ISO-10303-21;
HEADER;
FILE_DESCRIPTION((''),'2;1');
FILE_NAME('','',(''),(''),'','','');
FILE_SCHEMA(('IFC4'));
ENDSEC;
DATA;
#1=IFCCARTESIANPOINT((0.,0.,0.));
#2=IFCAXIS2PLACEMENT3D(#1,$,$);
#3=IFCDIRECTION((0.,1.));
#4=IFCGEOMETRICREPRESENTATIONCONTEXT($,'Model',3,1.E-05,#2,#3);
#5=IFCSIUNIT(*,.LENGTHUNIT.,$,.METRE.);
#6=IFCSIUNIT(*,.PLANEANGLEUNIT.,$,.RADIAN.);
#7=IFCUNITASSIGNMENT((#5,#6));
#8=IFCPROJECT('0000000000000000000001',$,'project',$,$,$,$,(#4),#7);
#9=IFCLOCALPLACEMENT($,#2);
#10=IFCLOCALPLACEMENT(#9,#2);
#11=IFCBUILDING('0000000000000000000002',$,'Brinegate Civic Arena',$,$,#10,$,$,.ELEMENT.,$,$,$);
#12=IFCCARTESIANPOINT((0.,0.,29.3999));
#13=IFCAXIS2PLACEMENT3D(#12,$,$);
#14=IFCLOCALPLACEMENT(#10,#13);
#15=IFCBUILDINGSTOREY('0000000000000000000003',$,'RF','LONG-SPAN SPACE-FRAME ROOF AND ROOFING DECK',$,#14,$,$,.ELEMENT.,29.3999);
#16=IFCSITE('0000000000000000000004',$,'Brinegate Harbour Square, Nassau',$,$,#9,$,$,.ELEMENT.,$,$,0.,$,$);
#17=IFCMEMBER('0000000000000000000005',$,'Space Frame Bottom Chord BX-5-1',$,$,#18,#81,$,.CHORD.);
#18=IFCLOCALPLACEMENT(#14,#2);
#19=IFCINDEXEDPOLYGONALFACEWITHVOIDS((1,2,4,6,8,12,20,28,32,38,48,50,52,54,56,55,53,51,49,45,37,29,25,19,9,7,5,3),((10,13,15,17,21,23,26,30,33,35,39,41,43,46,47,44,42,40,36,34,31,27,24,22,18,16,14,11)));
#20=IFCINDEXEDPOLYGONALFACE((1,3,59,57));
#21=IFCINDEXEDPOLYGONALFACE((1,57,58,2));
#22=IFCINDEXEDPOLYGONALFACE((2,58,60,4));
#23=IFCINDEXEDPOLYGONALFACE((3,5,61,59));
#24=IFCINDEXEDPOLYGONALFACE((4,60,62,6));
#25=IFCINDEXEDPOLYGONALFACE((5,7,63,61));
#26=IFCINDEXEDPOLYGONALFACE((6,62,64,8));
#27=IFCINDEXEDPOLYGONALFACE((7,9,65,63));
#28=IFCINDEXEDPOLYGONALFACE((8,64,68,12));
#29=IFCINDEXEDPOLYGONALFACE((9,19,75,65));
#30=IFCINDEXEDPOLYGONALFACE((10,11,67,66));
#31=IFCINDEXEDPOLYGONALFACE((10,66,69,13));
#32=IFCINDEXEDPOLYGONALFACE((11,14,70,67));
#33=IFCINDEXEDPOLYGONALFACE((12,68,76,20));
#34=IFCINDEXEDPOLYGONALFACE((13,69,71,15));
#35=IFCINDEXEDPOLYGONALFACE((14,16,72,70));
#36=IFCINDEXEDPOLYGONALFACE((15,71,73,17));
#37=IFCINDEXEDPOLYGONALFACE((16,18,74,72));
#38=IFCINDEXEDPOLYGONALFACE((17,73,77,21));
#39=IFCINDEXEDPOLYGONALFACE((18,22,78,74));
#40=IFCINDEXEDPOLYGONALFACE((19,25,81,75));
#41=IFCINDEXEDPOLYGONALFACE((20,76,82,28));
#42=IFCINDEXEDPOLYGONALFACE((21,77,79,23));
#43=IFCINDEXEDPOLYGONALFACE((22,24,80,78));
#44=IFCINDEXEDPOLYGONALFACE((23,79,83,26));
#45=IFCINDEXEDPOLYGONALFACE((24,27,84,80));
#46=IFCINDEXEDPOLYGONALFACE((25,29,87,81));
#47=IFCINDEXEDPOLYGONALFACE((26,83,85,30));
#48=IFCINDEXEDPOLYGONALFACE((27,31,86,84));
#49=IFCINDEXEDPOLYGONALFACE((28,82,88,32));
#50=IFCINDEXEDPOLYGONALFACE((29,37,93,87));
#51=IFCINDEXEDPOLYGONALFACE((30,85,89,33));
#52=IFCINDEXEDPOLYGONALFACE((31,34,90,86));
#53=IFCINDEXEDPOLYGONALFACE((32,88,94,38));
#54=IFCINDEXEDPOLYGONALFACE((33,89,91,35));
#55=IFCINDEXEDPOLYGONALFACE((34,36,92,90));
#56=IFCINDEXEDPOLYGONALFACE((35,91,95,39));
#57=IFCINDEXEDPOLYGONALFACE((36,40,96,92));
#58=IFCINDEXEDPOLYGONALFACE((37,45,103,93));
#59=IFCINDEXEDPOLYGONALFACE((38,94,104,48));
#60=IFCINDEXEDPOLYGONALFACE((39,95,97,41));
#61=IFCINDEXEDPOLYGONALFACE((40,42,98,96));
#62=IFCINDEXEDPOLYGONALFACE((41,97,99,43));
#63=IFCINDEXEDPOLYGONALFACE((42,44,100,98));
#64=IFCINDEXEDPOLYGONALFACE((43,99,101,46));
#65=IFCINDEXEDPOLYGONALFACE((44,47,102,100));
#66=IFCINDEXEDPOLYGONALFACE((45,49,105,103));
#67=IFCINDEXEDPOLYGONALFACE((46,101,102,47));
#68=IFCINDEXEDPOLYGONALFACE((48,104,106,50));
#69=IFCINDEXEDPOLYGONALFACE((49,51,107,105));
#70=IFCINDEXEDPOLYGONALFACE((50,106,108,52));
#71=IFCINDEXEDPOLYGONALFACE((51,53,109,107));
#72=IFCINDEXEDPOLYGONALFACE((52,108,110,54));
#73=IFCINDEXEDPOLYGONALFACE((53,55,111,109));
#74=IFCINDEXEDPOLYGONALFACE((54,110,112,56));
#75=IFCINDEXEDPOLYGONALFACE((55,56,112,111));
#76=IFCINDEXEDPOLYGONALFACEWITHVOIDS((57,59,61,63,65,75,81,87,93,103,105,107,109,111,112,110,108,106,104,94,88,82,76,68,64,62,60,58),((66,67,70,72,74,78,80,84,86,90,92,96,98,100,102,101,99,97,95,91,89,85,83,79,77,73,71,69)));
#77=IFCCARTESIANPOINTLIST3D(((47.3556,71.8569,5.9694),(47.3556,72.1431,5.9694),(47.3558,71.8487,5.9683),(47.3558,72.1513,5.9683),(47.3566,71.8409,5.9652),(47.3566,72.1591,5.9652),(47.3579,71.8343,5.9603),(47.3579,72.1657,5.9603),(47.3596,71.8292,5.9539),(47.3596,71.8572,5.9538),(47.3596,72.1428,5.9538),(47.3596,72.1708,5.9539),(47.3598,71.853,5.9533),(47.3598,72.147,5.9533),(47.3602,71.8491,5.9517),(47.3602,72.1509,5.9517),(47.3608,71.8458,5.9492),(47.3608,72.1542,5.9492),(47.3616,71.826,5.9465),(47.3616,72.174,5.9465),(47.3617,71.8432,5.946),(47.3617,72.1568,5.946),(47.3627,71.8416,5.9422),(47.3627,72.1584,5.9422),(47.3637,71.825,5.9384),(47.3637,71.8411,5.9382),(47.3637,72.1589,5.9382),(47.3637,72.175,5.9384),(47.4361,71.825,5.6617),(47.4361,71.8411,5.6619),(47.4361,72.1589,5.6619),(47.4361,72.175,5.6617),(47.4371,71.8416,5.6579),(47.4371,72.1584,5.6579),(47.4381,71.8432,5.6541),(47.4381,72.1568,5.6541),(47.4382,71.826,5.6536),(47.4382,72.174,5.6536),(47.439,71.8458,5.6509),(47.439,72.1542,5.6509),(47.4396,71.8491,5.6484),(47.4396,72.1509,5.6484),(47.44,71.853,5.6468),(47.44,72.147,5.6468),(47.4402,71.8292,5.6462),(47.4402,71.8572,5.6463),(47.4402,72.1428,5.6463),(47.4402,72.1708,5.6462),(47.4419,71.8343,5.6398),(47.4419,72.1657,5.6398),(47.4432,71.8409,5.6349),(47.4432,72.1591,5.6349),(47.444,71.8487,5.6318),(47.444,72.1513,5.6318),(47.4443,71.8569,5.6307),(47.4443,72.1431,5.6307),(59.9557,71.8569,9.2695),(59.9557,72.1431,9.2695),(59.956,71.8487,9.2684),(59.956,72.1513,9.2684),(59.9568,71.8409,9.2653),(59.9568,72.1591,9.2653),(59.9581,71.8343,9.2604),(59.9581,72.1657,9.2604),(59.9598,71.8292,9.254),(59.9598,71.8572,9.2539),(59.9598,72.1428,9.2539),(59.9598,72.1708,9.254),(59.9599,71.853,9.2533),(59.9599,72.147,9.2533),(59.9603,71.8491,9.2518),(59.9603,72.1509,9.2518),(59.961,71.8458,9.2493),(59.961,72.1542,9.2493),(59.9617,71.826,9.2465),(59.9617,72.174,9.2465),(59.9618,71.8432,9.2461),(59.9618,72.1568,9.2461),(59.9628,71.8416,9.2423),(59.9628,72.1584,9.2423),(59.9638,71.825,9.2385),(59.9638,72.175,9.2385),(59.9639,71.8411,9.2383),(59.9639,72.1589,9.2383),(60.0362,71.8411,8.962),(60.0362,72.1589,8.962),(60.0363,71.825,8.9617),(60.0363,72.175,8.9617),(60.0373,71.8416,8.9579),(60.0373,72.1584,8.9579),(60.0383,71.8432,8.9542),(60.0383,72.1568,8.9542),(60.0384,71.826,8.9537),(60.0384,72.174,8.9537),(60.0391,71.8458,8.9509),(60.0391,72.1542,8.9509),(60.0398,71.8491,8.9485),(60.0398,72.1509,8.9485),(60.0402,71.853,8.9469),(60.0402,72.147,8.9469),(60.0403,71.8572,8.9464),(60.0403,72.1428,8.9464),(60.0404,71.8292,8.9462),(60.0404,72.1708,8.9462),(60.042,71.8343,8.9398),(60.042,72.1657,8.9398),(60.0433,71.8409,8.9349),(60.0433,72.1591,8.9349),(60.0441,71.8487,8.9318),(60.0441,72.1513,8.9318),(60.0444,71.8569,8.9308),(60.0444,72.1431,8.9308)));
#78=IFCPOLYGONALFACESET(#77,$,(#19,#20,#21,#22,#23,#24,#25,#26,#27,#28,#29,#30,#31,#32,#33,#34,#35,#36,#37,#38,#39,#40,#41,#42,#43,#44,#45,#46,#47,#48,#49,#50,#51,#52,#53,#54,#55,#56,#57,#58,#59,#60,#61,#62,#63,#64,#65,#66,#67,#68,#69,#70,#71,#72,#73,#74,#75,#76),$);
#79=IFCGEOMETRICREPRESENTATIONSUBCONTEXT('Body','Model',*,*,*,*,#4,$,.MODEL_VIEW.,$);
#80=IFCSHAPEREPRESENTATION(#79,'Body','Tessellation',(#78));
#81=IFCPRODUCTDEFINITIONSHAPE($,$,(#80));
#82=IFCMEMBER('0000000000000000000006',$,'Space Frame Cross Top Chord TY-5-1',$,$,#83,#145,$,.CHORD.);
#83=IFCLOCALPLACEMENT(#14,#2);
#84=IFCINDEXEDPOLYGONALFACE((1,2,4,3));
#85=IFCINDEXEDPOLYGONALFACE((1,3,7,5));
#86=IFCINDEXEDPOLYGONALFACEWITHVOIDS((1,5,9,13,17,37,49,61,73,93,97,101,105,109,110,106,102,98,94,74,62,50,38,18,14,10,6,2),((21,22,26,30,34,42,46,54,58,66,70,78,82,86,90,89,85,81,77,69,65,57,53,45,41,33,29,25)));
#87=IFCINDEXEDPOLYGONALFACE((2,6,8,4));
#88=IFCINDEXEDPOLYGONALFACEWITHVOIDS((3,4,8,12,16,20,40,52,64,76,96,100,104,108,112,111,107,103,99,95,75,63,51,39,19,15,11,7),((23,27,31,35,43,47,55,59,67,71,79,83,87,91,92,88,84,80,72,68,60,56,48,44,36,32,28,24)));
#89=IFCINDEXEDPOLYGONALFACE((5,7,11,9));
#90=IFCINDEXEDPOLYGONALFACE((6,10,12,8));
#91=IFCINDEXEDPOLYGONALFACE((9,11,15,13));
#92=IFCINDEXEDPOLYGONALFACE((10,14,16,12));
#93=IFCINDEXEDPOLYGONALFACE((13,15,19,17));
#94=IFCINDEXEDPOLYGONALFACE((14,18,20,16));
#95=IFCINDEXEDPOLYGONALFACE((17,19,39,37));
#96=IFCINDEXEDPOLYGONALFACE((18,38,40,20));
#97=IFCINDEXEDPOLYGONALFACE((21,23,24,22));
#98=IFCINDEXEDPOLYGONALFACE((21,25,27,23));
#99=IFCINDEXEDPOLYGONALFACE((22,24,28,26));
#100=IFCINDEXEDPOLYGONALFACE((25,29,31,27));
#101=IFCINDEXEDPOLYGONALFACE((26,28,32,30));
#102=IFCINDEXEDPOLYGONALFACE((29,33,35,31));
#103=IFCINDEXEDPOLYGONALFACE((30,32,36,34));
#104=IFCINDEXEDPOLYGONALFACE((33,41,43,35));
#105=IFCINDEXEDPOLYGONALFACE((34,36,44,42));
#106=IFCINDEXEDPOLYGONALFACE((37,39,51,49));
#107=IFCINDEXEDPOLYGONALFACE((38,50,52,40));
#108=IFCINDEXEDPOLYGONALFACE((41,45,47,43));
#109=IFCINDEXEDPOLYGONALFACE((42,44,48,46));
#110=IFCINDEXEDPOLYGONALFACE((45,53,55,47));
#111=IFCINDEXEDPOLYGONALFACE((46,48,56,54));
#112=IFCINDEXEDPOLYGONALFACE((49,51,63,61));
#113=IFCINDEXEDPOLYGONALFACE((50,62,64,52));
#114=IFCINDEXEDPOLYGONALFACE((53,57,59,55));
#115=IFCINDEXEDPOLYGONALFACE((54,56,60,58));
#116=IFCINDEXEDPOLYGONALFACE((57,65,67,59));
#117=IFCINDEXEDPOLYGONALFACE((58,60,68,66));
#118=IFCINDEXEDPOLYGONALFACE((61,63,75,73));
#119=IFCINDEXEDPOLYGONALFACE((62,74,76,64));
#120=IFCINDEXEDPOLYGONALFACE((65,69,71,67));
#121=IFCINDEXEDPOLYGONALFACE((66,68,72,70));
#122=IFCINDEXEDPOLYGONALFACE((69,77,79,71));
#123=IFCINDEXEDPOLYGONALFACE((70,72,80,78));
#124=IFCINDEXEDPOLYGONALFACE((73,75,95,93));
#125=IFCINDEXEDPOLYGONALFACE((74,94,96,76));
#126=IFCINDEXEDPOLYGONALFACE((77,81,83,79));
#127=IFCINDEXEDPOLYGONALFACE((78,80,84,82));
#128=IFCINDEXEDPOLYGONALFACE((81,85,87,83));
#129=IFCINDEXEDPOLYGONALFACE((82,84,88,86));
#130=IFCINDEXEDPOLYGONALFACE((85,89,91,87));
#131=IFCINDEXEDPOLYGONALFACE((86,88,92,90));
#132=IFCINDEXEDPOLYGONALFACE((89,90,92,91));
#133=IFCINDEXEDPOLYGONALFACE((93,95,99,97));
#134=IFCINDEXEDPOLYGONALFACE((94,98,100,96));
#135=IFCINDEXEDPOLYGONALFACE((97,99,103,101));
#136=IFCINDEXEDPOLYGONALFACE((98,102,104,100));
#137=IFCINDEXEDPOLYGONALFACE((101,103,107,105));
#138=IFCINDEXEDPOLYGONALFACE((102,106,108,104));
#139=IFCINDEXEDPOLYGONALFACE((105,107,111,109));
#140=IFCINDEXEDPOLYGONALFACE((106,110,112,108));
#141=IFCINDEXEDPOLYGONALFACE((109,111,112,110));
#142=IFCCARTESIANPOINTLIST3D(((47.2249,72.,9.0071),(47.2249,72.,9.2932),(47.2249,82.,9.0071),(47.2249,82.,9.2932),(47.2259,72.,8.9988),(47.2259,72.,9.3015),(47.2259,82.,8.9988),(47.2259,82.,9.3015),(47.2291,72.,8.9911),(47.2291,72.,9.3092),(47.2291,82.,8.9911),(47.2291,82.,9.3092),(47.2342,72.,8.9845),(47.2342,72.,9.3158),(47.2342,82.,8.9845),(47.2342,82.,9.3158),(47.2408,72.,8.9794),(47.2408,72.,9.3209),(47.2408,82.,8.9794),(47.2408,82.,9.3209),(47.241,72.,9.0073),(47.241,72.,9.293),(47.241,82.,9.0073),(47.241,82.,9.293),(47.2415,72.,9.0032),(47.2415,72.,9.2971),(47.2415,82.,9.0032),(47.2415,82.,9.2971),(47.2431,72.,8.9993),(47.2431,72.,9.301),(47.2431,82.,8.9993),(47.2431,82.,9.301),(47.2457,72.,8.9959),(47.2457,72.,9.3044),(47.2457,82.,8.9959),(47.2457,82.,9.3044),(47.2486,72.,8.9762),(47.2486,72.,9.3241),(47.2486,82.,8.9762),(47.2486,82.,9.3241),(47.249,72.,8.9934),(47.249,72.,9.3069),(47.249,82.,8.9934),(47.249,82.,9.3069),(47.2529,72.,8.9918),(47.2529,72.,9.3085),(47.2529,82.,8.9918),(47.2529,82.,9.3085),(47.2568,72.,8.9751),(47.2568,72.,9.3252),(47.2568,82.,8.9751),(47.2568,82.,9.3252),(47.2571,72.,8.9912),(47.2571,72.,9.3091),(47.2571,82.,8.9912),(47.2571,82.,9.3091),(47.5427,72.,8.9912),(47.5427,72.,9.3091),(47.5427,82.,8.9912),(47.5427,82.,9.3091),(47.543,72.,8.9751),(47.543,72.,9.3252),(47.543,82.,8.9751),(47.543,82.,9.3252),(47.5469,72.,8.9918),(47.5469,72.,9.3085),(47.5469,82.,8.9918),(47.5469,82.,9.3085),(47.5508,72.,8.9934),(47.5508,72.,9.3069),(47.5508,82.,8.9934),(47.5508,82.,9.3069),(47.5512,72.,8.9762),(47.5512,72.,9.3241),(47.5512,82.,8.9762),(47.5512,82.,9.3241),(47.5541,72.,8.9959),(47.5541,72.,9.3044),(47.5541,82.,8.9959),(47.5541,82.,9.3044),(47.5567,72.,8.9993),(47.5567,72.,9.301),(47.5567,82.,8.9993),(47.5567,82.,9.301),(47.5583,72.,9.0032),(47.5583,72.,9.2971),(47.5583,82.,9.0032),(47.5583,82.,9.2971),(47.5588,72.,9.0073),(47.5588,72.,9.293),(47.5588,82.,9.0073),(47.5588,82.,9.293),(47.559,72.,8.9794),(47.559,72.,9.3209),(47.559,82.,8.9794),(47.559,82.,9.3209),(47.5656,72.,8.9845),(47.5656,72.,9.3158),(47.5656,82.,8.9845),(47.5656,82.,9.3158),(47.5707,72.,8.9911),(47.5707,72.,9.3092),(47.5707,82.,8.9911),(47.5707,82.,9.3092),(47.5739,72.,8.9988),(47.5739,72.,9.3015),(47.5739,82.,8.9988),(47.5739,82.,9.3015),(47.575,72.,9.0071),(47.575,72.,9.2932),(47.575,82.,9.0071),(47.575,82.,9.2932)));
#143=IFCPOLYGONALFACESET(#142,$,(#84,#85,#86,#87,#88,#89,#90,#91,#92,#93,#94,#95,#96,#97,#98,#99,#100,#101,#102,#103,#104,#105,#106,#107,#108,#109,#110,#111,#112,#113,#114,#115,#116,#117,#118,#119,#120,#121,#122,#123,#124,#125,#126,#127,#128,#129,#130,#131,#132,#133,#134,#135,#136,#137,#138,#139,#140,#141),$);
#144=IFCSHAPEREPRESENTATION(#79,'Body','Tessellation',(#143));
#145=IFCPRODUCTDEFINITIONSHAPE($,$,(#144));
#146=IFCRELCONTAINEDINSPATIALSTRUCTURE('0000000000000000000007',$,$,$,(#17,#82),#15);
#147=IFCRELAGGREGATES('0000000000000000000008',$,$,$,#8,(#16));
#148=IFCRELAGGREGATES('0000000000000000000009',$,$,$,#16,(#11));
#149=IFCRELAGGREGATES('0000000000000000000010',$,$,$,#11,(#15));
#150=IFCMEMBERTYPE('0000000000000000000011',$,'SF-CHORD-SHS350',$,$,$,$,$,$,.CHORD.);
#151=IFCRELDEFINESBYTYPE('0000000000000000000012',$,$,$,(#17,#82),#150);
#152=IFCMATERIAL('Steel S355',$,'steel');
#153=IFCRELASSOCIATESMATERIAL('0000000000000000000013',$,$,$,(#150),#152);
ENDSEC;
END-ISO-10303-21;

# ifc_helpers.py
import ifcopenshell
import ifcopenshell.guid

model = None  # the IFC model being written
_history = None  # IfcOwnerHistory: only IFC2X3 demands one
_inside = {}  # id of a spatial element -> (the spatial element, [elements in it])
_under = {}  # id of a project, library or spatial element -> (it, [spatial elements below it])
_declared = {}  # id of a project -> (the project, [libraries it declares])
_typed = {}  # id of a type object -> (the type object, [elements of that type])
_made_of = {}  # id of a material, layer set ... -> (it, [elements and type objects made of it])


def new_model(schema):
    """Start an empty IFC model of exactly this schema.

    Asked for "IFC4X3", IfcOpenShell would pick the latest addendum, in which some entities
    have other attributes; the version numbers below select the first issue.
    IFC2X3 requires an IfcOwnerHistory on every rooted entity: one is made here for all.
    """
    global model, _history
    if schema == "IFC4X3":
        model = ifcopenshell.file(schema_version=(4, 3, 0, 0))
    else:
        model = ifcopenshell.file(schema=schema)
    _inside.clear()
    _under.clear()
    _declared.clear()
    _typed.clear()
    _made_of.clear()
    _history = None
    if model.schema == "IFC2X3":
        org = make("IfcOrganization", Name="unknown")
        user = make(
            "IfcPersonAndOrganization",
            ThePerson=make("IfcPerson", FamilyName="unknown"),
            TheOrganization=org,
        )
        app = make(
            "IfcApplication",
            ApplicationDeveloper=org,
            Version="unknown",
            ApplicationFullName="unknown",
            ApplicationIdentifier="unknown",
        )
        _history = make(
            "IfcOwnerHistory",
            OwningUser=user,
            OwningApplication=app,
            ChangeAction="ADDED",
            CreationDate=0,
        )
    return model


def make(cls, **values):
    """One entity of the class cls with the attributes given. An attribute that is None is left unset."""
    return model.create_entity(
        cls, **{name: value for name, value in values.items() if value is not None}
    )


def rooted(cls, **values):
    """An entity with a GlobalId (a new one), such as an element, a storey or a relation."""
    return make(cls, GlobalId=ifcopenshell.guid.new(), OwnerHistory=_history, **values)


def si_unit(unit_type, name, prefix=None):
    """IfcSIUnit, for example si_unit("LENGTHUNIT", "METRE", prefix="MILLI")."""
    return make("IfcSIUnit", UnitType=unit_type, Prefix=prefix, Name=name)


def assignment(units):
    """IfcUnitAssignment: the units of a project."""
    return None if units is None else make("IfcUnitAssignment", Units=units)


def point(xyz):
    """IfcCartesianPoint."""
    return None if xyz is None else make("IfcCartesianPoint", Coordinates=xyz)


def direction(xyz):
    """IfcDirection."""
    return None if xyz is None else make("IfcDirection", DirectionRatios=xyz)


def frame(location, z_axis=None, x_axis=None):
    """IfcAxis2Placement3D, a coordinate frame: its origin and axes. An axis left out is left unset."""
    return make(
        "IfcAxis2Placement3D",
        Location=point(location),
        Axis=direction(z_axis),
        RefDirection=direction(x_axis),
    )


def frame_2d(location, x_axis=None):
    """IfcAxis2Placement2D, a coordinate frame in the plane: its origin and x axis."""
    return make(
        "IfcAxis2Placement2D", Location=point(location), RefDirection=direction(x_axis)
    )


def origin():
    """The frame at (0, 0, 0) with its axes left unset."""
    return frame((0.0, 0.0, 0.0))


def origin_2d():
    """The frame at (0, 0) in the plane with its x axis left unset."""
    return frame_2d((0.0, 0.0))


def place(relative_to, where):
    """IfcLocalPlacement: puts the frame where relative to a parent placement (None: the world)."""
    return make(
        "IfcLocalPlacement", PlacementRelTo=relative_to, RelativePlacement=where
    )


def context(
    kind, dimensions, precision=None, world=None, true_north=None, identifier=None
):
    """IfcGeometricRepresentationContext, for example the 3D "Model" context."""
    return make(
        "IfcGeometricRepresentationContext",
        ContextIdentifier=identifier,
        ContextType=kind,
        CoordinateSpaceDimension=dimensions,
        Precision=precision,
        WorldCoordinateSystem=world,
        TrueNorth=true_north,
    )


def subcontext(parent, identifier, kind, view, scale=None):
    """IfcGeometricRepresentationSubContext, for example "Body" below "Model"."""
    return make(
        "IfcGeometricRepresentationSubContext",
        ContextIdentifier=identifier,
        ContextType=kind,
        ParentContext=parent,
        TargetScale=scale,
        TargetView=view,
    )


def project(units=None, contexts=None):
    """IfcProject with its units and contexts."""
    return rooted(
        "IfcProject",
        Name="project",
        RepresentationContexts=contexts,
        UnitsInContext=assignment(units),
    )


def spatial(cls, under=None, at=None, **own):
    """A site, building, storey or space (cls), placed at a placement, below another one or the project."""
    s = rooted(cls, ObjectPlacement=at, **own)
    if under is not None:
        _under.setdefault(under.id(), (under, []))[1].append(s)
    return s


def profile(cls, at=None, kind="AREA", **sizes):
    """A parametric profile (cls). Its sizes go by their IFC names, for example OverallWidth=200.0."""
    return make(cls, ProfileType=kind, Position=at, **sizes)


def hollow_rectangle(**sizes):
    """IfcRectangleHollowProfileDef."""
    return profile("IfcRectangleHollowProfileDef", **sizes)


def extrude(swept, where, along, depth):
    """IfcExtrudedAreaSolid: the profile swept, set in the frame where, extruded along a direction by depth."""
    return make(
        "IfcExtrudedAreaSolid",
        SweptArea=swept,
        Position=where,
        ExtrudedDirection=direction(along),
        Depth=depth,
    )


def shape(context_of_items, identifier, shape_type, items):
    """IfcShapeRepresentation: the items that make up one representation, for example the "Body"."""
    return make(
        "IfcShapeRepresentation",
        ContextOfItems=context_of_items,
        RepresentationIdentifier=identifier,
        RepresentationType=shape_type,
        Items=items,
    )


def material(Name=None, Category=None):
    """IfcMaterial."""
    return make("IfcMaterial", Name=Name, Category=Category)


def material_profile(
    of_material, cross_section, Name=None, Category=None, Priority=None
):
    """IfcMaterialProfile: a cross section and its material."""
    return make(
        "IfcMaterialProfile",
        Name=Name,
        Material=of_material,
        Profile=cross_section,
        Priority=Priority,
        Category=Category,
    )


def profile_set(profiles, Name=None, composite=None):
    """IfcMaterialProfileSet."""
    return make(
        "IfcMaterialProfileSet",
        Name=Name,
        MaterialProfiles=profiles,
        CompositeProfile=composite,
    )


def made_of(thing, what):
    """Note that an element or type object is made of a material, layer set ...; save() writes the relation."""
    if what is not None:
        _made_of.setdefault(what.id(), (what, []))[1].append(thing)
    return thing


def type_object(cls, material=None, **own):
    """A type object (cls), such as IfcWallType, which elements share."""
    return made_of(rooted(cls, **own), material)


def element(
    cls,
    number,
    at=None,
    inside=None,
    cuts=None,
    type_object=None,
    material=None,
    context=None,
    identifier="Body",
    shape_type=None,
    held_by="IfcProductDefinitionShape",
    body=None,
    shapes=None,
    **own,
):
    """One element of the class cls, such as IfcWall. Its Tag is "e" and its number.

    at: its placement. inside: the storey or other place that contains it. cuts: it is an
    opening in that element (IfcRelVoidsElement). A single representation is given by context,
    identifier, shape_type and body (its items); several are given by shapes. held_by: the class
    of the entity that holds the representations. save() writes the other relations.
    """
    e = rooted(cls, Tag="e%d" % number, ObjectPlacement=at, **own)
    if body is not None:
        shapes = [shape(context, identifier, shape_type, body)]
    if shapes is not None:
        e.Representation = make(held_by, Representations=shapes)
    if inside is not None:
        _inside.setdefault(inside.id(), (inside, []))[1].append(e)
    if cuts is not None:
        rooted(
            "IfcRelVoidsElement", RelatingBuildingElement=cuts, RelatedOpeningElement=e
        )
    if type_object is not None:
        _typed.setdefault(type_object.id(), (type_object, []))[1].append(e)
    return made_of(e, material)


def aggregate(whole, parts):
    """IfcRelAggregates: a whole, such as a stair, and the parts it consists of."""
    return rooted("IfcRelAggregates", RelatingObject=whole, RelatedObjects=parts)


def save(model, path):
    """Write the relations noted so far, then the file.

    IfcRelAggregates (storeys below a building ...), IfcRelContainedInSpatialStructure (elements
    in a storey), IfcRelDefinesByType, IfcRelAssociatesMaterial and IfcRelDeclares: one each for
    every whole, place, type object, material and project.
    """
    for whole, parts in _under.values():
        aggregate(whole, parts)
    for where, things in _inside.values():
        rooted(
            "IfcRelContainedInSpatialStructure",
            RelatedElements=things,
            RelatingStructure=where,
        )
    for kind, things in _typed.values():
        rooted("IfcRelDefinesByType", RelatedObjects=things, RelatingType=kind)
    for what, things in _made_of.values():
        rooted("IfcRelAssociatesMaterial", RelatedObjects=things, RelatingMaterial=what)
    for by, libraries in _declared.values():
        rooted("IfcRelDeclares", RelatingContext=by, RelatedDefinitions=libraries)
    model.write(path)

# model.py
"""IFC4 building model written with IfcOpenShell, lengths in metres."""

from ifc_helpers import new_model, si_unit, direction, frame, origin, origin_2d, place, context, subcontext, project, spatial, hollow_rectangle, extrude, material, material_profile, profile_set, type_object, element, save


model = new_model("IFC4")

# Units and contexts
model_context = context("Model", 3, precision=1e-05, world=origin(), true_north=direction((0.0, 1.0)))
body_context = subcontext(model_context, "Body", "Model", "MODEL_VIEW")
ifc_project = project(units=[si_unit("LENGTHUNIT", "METRE"), si_unit("PLANEANGLEUNIT", "RADIAN")], contexts=[model_context])

# Site, building, storey
site_placement = place(None, origin())
site = spatial("IfcSite", under=ifc_project, at=site_placement, Name="Brinegate Harbour Square, Nassau", CompositionType="ELEMENT", RefElevation=0.0)
building_placement = place(site_placement, origin())
building = spatial("IfcBuilding", under=site, at=building_placement, Name="Brinegate Civic Arena", CompositionType="ELEMENT")
storey_placement = place(building_placement, frame((0.0, 0.0, 29.3999)))
storey = spatial("IfcBuildingStorey", under=building, at=storey_placement, Name="RF", Description="LONG-SPAN SPACE-FRAME ROOF AND ROOFING DECK", CompositionType="ELEMENT", Elevation=29.3999)

# Shared definitions
ifc_material_1 = material(Name="Steel S355", Category="steel")

# Members
ifc_material_profile_1 = material_profile(ifc_material_1, hollow_rectangle(XDim=0.3501, YDim=0.3501, WallThickness=0.0161, InnerFilletRadius=0.0161, OuterFilletRadius=0.032, at=origin_2d()), Name="SHS350X16")
ifc_profile_set_1 = profile_set([ifc_material_profile_1], Name="Steel S355")
member_type_1 = type_object("IfcMemberType", Name="SF-CHORD-SHS350", PredefinedType="CHORD", material=ifc_profile_set_1)
member_1_placement = place(storey_placement, frame((47.3999, 72.0, 5.8), z_axis=(0.967372, 0.0, 0.253361), x_axis=(0.0, 1.0, 0.0)))
element("IfcMember", 1, at=member_1_placement, inside=storey, type_object=member_type_1, Name="Space Frame Bottom Chord BX-5-1", PredefinedType="CHORD", context=body_context, shape_type="SweptSolid", body=[
    extrude(hollow_rectangle(XDim=0.3501, YDim=0.3501, WallThickness=0.0161, InnerFilletRadius=0.0161, OuterFilletRadius=0.032, at=origin_2d()), origin(), (0.0, 0.0, 1.0), 13.0251),
])
for number, where, z_axis, x_axis, name in (
    (2, (47.3999, 72.0, 9.1501), (0.0, 1.0, 0.0), (-1.0, 0.0, 0.0), "Space Frame Cross Top Chord TY-5-1"),
):
    element("IfcMember", number, at=place(storey_placement, frame(where, z_axis=z_axis, x_axis=x_axis)), inside=storey, type_object=member_type_1, Name=name, PredefinedType="CHORD", context=body_context, shape_type="SweptSolid", body=[
        extrude(hollow_rectangle(XDim=0.3501, YDim=0.3501, WallThickness=0.0161, InnerFilletRadius=0.0161, OuterFilletRadius=0.032, at=origin_2d()), origin(), (0.0, 0.0, 1.0), 10.0),
    ])

save(model, "model.ifc")
